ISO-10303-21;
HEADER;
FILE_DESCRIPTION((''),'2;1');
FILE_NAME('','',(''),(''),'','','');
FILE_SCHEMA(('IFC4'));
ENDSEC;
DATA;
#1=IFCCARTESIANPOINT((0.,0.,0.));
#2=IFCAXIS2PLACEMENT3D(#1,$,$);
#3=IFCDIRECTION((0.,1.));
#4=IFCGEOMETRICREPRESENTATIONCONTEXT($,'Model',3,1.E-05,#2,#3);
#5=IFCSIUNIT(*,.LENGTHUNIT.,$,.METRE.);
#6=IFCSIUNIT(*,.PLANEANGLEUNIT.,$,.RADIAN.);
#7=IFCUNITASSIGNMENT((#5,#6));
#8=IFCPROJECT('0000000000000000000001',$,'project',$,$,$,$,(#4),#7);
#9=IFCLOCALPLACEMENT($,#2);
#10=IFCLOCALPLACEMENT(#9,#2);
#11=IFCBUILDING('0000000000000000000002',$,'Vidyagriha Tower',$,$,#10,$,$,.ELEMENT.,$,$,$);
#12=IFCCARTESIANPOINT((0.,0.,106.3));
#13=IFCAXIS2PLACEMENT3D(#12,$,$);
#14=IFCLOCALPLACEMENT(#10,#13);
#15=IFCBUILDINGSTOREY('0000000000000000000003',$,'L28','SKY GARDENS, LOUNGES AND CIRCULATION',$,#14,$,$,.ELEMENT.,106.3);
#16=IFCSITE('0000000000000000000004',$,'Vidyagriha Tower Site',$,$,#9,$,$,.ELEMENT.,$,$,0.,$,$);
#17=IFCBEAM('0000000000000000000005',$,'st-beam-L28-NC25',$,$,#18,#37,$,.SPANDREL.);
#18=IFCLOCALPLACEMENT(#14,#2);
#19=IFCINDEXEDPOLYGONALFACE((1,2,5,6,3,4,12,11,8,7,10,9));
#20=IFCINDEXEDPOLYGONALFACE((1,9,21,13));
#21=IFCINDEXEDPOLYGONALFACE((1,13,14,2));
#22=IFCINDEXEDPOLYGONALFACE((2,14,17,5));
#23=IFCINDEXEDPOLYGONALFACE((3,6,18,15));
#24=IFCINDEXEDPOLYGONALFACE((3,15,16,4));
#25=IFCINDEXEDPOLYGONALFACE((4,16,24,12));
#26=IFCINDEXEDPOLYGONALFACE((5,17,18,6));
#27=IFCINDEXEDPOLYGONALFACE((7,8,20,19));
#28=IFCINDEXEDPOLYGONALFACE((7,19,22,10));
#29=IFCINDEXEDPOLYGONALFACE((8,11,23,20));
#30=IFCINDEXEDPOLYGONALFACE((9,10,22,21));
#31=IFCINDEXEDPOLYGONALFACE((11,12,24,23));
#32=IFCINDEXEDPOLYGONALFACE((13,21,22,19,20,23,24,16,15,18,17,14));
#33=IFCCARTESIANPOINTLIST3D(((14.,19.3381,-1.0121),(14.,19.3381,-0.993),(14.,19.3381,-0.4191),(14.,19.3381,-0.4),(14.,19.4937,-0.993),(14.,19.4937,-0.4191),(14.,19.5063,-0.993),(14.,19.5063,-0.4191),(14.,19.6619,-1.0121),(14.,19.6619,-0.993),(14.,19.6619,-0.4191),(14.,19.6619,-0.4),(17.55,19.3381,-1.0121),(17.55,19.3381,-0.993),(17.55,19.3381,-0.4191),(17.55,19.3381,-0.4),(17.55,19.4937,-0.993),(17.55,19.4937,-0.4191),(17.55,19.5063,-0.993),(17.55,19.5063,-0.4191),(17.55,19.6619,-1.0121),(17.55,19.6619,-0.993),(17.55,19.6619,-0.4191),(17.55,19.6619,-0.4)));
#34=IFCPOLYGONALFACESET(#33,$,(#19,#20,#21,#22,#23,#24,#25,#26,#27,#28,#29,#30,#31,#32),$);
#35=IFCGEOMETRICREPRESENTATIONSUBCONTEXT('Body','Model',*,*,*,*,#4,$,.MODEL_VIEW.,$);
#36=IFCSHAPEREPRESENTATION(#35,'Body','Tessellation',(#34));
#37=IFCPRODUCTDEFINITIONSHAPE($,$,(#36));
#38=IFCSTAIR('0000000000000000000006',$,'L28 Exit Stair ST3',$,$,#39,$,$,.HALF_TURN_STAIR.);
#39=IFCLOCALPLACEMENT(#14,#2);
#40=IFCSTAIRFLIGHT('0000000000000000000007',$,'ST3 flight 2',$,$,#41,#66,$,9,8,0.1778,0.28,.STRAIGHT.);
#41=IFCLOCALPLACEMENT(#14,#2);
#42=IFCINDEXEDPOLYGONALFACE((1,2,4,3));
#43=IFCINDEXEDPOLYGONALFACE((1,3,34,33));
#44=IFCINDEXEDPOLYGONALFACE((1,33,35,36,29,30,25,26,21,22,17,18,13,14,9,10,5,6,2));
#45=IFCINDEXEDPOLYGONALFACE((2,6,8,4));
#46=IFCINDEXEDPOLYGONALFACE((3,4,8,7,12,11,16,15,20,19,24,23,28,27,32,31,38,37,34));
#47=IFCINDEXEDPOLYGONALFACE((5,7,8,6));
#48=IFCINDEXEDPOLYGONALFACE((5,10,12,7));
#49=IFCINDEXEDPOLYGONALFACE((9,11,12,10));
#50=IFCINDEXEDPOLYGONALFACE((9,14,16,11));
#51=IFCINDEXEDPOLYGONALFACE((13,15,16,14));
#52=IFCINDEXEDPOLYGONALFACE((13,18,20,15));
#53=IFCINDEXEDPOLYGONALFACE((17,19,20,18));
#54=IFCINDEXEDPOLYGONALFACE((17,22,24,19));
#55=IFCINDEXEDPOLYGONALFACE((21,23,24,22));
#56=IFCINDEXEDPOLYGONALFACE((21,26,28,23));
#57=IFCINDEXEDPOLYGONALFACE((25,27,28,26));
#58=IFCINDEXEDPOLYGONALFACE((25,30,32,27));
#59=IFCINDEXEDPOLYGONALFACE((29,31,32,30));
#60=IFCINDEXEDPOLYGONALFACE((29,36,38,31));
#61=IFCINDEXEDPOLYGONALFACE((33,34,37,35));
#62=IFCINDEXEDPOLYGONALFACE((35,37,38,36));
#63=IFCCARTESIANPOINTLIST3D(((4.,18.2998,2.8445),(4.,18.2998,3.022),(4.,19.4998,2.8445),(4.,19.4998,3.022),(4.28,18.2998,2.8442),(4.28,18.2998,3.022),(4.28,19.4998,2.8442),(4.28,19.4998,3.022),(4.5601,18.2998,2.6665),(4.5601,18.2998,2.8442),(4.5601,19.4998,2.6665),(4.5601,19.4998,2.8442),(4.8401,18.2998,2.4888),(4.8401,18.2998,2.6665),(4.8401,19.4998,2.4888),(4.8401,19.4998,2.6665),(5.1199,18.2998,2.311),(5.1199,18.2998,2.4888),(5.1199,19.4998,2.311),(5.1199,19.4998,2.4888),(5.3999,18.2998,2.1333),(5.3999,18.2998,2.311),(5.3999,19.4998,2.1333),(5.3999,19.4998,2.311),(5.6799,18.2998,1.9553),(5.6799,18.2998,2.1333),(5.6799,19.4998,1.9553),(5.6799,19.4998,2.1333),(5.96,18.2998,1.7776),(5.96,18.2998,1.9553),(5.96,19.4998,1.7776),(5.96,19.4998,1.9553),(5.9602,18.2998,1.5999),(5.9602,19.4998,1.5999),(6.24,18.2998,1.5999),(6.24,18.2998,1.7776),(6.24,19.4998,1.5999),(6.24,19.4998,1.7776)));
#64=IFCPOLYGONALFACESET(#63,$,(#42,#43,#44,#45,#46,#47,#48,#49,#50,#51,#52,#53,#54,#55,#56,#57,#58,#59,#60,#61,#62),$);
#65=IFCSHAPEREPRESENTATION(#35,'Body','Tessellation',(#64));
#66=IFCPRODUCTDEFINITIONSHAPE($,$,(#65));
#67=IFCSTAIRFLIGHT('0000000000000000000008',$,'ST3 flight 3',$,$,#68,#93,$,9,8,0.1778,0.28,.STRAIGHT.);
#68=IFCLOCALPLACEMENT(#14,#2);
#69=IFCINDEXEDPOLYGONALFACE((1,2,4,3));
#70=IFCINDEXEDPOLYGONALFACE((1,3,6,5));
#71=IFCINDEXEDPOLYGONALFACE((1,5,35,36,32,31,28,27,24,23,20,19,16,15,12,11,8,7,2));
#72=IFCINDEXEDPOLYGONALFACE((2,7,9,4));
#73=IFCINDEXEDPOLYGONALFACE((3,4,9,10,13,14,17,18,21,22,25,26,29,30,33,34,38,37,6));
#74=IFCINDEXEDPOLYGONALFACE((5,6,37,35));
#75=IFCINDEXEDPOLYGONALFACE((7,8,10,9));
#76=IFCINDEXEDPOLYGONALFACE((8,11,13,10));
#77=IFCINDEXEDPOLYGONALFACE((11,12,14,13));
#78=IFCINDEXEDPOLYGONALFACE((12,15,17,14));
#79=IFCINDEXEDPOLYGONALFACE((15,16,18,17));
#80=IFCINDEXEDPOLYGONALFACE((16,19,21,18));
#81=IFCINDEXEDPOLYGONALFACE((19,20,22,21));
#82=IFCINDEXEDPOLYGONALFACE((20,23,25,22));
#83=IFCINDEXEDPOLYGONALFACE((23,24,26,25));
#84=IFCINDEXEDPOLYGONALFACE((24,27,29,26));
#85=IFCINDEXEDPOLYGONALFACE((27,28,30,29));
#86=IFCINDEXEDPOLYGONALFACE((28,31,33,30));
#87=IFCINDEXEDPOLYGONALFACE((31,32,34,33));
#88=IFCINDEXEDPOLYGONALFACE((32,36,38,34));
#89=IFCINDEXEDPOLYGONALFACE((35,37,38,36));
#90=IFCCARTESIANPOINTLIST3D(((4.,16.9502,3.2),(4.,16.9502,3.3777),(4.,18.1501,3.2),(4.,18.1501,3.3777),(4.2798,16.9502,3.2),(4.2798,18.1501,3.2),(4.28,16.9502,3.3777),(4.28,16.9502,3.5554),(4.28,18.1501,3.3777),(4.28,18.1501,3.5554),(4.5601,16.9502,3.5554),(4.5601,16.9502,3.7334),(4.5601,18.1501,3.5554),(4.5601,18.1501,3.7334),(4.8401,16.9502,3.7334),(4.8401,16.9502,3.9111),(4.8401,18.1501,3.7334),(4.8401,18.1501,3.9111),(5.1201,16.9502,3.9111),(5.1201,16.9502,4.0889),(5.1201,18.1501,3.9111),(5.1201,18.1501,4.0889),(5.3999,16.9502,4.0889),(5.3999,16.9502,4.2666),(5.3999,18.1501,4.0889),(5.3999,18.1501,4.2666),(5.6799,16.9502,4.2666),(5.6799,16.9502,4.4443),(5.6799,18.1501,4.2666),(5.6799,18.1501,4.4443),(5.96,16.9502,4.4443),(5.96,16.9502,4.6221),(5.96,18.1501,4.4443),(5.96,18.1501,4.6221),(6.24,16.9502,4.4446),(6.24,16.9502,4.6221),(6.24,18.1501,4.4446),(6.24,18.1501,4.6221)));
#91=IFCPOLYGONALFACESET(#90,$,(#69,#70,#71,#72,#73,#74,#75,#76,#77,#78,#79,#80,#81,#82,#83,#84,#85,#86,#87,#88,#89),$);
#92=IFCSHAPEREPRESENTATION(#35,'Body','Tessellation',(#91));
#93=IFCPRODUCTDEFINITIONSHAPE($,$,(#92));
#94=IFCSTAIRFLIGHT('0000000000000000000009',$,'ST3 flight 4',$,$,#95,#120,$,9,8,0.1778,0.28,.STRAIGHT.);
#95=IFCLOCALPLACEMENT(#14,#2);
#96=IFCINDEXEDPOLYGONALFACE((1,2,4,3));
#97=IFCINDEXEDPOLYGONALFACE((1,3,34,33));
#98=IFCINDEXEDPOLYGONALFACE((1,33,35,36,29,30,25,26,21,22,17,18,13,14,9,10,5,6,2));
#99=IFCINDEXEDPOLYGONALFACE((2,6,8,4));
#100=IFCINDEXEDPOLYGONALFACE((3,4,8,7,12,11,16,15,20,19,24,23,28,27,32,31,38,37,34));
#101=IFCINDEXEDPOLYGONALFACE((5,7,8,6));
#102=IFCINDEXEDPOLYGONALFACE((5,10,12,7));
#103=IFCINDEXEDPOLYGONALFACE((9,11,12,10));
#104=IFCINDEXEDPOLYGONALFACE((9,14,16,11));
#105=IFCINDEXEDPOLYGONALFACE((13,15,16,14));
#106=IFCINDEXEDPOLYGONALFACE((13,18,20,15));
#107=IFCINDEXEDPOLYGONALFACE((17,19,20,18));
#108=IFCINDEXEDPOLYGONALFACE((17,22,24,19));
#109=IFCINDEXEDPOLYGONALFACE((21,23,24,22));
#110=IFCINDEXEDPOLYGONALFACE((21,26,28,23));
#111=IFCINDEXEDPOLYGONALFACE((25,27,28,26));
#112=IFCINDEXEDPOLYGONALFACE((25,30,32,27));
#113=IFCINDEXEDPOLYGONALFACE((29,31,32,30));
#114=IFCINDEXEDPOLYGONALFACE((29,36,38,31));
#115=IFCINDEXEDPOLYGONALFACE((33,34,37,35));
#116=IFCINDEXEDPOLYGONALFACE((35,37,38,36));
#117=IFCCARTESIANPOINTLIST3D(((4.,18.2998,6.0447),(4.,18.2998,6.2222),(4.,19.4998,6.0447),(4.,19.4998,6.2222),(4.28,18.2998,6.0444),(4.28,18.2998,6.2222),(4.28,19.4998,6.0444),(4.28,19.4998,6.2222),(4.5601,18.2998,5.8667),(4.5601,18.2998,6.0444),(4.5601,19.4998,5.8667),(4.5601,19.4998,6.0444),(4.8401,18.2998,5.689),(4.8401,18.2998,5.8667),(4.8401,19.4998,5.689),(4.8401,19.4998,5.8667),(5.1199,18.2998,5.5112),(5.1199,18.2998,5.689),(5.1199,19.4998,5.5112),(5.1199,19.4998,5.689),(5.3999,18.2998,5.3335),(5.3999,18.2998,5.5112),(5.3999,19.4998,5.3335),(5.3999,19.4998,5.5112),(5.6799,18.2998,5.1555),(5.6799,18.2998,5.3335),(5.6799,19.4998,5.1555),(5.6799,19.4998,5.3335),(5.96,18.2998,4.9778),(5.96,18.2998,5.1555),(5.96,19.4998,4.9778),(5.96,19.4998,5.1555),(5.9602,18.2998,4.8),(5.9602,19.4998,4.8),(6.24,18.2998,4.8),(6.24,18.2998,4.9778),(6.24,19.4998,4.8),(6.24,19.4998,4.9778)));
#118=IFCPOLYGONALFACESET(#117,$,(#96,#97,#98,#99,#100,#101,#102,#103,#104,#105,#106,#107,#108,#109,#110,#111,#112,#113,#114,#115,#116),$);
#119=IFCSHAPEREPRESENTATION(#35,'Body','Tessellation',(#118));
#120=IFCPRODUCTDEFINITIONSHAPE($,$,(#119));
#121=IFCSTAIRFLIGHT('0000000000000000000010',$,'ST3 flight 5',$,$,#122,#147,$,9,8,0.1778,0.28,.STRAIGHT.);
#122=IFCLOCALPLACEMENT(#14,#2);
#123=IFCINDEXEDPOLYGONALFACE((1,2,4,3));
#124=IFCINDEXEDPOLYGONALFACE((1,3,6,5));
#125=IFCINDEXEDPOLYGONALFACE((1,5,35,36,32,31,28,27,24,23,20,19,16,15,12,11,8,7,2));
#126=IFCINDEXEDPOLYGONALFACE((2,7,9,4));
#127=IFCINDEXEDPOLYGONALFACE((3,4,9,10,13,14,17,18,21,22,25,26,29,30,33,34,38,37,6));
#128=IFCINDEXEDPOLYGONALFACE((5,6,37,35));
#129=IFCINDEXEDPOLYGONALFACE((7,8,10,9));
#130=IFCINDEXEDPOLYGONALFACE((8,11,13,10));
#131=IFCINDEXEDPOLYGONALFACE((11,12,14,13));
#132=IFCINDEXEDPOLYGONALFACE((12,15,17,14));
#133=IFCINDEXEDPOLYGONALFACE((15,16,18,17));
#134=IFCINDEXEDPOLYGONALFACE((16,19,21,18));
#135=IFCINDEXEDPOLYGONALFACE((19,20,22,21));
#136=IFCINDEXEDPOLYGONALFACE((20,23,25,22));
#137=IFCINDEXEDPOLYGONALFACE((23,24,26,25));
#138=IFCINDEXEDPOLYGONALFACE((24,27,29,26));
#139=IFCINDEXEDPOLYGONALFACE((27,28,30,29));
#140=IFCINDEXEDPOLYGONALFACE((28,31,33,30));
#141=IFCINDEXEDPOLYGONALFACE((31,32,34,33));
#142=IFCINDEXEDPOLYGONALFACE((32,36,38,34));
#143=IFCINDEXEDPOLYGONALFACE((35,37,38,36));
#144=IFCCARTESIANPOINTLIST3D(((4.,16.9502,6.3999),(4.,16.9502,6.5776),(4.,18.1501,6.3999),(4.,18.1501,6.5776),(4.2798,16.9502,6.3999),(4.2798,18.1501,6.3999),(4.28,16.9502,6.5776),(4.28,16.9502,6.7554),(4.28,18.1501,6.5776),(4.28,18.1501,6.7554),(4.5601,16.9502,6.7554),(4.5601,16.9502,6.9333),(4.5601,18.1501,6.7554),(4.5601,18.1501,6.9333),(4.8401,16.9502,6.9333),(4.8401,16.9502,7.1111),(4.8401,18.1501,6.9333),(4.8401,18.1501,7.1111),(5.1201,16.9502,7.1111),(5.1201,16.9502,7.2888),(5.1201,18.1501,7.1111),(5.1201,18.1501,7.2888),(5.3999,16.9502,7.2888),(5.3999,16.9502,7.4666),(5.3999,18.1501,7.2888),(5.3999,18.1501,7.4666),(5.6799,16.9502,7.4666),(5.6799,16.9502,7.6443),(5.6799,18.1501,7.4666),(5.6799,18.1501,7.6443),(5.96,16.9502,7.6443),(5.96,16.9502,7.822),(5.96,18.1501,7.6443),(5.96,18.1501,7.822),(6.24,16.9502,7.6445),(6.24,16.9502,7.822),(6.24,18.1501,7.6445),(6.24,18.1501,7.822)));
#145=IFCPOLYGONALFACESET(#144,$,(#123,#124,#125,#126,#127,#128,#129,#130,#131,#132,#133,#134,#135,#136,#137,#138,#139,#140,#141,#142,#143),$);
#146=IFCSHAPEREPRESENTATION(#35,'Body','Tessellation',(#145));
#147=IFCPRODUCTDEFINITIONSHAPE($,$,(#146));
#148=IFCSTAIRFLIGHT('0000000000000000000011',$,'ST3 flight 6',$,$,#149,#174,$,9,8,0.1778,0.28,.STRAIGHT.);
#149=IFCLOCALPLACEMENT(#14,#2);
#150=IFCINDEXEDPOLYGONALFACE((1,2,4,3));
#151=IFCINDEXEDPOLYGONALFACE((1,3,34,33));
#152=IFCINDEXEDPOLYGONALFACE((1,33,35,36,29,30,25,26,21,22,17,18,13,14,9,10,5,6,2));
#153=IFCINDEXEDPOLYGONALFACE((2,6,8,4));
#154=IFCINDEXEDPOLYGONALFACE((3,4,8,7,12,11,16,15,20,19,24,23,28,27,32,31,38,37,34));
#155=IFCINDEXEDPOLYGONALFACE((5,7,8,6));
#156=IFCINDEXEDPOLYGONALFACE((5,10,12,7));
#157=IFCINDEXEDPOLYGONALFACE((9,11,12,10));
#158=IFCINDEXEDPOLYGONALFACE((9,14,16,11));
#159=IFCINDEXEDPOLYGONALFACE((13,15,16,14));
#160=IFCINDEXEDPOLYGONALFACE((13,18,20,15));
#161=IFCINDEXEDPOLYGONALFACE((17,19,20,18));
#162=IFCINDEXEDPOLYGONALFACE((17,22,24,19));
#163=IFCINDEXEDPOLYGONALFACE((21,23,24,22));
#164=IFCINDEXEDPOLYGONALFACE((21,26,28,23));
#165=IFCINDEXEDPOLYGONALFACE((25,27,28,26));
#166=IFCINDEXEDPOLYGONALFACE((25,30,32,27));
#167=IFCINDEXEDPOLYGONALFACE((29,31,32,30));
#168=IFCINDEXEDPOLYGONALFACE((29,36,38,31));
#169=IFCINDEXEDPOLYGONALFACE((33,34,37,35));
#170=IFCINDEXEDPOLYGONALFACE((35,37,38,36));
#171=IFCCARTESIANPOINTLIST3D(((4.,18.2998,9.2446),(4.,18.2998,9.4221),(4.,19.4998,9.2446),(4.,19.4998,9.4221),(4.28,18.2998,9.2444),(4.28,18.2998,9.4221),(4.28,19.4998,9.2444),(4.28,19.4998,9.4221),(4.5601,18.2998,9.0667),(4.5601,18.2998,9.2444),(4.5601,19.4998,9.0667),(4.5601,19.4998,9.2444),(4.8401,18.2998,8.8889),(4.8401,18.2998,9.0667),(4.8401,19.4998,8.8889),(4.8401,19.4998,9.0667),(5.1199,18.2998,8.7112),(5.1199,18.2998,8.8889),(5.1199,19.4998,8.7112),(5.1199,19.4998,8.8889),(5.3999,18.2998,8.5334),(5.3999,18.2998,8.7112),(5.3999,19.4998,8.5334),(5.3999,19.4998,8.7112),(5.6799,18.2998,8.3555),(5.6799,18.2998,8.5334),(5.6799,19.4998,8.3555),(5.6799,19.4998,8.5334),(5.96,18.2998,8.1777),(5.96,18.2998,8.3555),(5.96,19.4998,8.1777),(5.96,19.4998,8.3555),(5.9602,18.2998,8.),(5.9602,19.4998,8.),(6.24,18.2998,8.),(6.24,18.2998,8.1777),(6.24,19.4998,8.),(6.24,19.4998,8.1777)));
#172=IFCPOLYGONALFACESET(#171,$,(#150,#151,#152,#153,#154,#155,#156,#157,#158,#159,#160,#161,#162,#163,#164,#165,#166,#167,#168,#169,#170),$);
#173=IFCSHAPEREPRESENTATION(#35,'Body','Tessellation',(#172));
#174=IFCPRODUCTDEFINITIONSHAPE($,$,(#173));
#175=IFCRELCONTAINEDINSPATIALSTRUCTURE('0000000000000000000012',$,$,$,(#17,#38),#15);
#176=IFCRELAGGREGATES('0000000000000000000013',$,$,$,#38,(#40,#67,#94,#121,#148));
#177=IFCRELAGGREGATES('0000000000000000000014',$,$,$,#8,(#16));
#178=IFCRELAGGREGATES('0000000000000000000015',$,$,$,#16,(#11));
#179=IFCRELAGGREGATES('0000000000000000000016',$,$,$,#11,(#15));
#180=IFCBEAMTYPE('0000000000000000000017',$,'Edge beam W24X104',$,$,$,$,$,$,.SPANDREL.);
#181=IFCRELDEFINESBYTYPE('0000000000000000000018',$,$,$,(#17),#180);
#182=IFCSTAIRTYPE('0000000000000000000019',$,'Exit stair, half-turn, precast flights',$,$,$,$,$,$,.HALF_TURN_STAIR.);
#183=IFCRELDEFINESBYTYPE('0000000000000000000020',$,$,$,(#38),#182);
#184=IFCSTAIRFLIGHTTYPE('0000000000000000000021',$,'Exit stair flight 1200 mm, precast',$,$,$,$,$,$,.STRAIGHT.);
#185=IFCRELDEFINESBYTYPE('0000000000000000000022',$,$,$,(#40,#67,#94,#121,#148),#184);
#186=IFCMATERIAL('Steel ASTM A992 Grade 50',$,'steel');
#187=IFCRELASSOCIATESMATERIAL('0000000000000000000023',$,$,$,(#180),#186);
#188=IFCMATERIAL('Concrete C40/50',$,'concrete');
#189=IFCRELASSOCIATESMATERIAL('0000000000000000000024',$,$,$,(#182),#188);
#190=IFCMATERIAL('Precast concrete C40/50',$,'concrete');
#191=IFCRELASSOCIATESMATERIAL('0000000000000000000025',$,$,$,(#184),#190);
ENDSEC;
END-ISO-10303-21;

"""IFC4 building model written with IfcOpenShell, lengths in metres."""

from ifc_helpers import new_model, si_unit, direction, frame, origin, origin_2d, place, context, subcontext, project, spatial, polyline, i_section, outline, extrude, material, material_profile, profile_set, type_object, element, aggregate, save


model = new_model("IFC4")

# Units and contexts
model_context = context("Model", 3, precision=1e-05, world=origin(), true_north=direction((0.0, 1.0)))
body_context = subcontext(model_context, "Body", "Model", "MODEL_VIEW")
ifc_project = project(units=[si_unit("LENGTHUNIT", "METRE"), si_unit("PLANEANGLEUNIT", "RADIAN")], contexts=[model_context])

# Site, building, storey
site_placement = place(None, origin())
site = spatial("IfcSite", under=ifc_project, at=site_placement, Name="Vidyagriha Tower Site", CompositionType="ELEMENT", RefElevation=0.0)
building_placement = place(site_placement, origin())
building = spatial("IfcBuilding", under=site, at=building_placement, Name="Vidyagriha Tower", CompositionType="ELEMENT")
storey_placement = place(building_placement, frame((0.0, 0.0, 106.3)))
storey = spatial("IfcBuildingStorey", under=building, at=storey_placement, Name="L28", Description="SKY GARDENS, LOUNGES AND CIRCULATION", CompositionType="ELEMENT", Elevation=106.3)

# Beam
ifc_material_1 = material(Name="Steel ASTM A992 Grade 50", Category="steel")
ifc_material_profile = material_profile(ifc_material_1, i_section(OverallWidth=0.3237, OverallDepth=0.6121, WebThickness=0.0127, FlangeThickness=0.019, at=origin_2d()), Name="W24X104")
ifc_profile_set = profile_set([ifc_material_profile], Name="Steel ASTM A992 Grade 50")
beam_type = type_object("IfcBeamType", Name="Edge beam W24X104", PredefinedType="SPANDREL", material=ifc_profile_set)
beam_placement = place(storey_placement, frame((14.0, 19.5, -0.7061), z_axis=(1.0, 0.0, 0.0), x_axis=(0.0, 1.0, 0.0)))
element("IfcBeam", 1, at=beam_placement, inside=storey, type_object=beam_type, Name="st-beam-L28-NC25", PredefinedType="SPANDREL", context=body_context, shape_type="SweptSolid", body=[
    extrude(i_section(OverallWidth=0.3237, OverallDepth=0.6121, WebThickness=0.0127, FlangeThickness=0.019, at=origin_2d()), origin(), (0.0, 0.0, 1.0), 3.55),
])

# Stair, stair flights
ifc_material_2 = material(Name="Concrete C40/50", Category="concrete")
stair_type = type_object("IfcStairType", Name="Exit stair, half-turn, precast flights", PredefinedType="HALF_TURN_STAIR", material=ifc_material_2)
stair_placement = place(storey_placement, origin())
stair = element("IfcStair", 2, at=stair_placement, inside=storey, type_object=stair_type, Name="L28 Exit Stair ST3", PredefinedType="HALF_TURN_STAIR")
ifc_material_3 = material(Name="Precast concrete C40/50", Category="concrete")
stair_flight_type = type_object("IfcStairFlightType", Name="Exit stair flight 1200 mm, precast", PredefinedType="STRAIGHT", material=ifc_material_3)
stair_flight_1_placement = place(storey_placement, frame((6.24, 18.8999, 1.5999), z_axis=(0.0, 0.0, 1.0), x_axis=(-1.0, 0.0, 0.0)))
stair_flight_1 = element("IfcStairFlight", 3, at=stair_flight_1_placement, type_object=stair_flight_type, Name="ST3 flight 2", NumberOfRisers=9, NumberOfTreads=8, PredefinedType="STRAIGHT", RiserHeight=0.1778, TreadLength=0.28, context=body_context, shape_type="SweptSolid", body=[
    extrude(outline(polyline([(0.0, 0.0), (0.0, 0.1777), (0.28, 0.1777), (0.28, 0.3555), (0.5601, 0.3555), (0.5601, 0.5334), (0.8401, 0.5334), (0.8401, 0.7112), (1.1201, 0.7112), (1.1201, 0.8889), (1.3999, 0.8889), (1.3999, 1.0667), (1.6799, 1.0667), (1.6799, 1.2444), (1.96, 1.2444), (1.96, 1.4221), (2.24, 1.4221), (2.24, 1.6001), (2.24, 1.2446), (0.2798, 0.0), (0.0, 0.0)])), frame((0.0, 0.6001, 0.0), z_axis=(0.0, -1.0, 0.0), x_axis=(1.0, 0.0, 0.0)), (0.0, 0.0, 1.0), 1.2),
])
stair_flight_2_placement = place(storey_placement, frame((4.0, 17.55, 3.2)))
stair_flight_2 = element("IfcStairFlight", 4, at=stair_flight_2_placement, type_object=stair_flight_type, Name="ST3 flight 3", NumberOfRisers=9, NumberOfTreads=8, PredefinedType="STRAIGHT", RiserHeight=0.1778, TreadLength=0.28, context=body_context, shape_type="SweptSolid", body=[
    extrude(outline(polyline([(0.0, 0.0), (0.0, 0.1777), (0.28, 0.1777), (0.28, 0.3555), (0.5601, 0.3555), (0.5601, 0.5334), (0.8401, 0.5334), (0.8401, 0.7112), (1.1201, 0.7112), (1.1201, 0.8889), (1.3999, 0.8889), (1.3999, 1.0667), (1.6799, 1.0667), (1.6799, 1.2444), (1.96, 1.2444), (1.96, 1.4221), (2.24, 1.4221), (2.24, 1.6001), (2.24, 1.2446), (0.2798, 0.0), (0.0, 0.0)])), frame((0.0, 0.6001, 0.0), z_axis=(0.0, -1.0, 0.0), x_axis=(1.0, 0.0, 0.0)), (0.0, 0.0, 1.0), 1.2),
])
stair_flight_3_placement = place(storey_placement, frame((6.24, 18.8999, 4.8), z_axis=(0.0, 0.0, 1.0), x_axis=(-1.0, 0.0, 0.0)))
stair_flight_3 = element("IfcStairFlight", 5, at=stair_flight_3_placement, type_object=stair_flight_type, Name="ST3 flight 4", NumberOfRisers=9, NumberOfTreads=8, PredefinedType="STRAIGHT", RiserHeight=0.1778, TreadLength=0.28, context=body_context, shape_type="SweptSolid", body=[
    extrude(outline(polyline([(0.0, 0.0), (0.0, 0.1777), (0.28, 0.1777), (0.28, 0.3555), (0.5601, 0.3555), (0.5601, 0.5334), (0.8401, 0.5334), (0.8401, 0.7112), (1.1201, 0.7112), (1.1201, 0.8889), (1.3999, 0.8889), (1.3999, 1.0667), (1.6799, 1.0667), (1.6799, 1.2444), (1.96, 1.2444), (1.96, 1.4221), (2.24, 1.4221), (2.24, 1.6001), (2.24, 1.2446), (0.2798, 0.0), (0.0, 0.0)])), frame((0.0, 0.6001, 0.0), z_axis=(0.0, -1.0, 0.0), x_axis=(1.0, 0.0, 0.0)), (0.0, 0.0, 1.0), 1.2),
])
stair_flight_4_placement = place(storey_placement, frame((4.0, 17.55, 6.3999)))
stair_flight_4 = element("IfcStairFlight", 6, at=stair_flight_4_placement, type_object=stair_flight_type, Name="ST3 flight 5", NumberOfRisers=9, NumberOfTreads=8, PredefinedType="STRAIGHT", RiserHeight=0.1778, TreadLength=0.28, context=body_context, shape_type="SweptSolid", body=[
    extrude(outline(polyline([(0.0, 0.0), (0.0, 0.1777), (0.28, 0.1777), (0.28, 0.3555), (0.5601, 0.3555), (0.5601, 0.5334), (0.8401, 0.5334), (0.8401, 0.7112), (1.1201, 0.7112), (1.1201, 0.8889), (1.3999, 0.8889), (1.3999, 1.0667), (1.6799, 1.0667), (1.6799, 1.2444), (1.96, 1.2444), (1.96, 1.4221), (2.24, 1.4221), (2.24, 1.6001), (2.24, 1.2446), (0.2798, 0.0), (0.0, 0.0)])), frame((0.0, 0.6001, 0.0), z_axis=(0.0, -1.0, 0.0), x_axis=(1.0, 0.0, 0.0)), (0.0, 0.0, 1.0), 1.2),
])
stair_flight_5_placement = place(storey_placement, frame((6.24, 18.8999, 8.0), z_axis=(0.0, 0.0, 1.0), x_axis=(-1.0, 0.0, 0.0)))
stair_flight_5 = element("IfcStairFlight", 7, at=stair_flight_5_placement, type_object=stair_flight_type, Name="ST3 flight 6", NumberOfRisers=9, NumberOfTreads=8, PredefinedType="STRAIGHT", RiserHeight=0.1778, TreadLength=0.28, context=body_context, shape_type="SweptSolid", body=[
    extrude(outline(polyline([(0.0, 0.0), (0.0, 0.1777), (0.28, 0.1777), (0.28, 0.3555), (0.5601, 0.3555), (0.5601, 0.5334), (0.8401, 0.5334), (0.8401, 0.7112), (1.1201, 0.7112), (1.1201, 0.8889), (1.3999, 0.8889), (1.3999, 1.0667), (1.6799, 1.0667), (1.6799, 1.2444), (1.96, 1.2444), (1.96, 1.4221), (2.24, 1.4221), (2.24, 1.6001), (2.24, 1.2446), (0.2798, 0.0), (0.0, 0.0)])), frame((0.0, 0.6001, 0.0), z_axis=(0.0, -1.0, 0.0), x_axis=(1.0, 0.0, 0.0)), (0.0, 0.0, 1.0), 1.2),
])
aggregate(stair, [stair_flight_1, stair_flight_2, stair_flight_3, stair_flight_4, stair_flight_5])

save(model, "model.ifc")
